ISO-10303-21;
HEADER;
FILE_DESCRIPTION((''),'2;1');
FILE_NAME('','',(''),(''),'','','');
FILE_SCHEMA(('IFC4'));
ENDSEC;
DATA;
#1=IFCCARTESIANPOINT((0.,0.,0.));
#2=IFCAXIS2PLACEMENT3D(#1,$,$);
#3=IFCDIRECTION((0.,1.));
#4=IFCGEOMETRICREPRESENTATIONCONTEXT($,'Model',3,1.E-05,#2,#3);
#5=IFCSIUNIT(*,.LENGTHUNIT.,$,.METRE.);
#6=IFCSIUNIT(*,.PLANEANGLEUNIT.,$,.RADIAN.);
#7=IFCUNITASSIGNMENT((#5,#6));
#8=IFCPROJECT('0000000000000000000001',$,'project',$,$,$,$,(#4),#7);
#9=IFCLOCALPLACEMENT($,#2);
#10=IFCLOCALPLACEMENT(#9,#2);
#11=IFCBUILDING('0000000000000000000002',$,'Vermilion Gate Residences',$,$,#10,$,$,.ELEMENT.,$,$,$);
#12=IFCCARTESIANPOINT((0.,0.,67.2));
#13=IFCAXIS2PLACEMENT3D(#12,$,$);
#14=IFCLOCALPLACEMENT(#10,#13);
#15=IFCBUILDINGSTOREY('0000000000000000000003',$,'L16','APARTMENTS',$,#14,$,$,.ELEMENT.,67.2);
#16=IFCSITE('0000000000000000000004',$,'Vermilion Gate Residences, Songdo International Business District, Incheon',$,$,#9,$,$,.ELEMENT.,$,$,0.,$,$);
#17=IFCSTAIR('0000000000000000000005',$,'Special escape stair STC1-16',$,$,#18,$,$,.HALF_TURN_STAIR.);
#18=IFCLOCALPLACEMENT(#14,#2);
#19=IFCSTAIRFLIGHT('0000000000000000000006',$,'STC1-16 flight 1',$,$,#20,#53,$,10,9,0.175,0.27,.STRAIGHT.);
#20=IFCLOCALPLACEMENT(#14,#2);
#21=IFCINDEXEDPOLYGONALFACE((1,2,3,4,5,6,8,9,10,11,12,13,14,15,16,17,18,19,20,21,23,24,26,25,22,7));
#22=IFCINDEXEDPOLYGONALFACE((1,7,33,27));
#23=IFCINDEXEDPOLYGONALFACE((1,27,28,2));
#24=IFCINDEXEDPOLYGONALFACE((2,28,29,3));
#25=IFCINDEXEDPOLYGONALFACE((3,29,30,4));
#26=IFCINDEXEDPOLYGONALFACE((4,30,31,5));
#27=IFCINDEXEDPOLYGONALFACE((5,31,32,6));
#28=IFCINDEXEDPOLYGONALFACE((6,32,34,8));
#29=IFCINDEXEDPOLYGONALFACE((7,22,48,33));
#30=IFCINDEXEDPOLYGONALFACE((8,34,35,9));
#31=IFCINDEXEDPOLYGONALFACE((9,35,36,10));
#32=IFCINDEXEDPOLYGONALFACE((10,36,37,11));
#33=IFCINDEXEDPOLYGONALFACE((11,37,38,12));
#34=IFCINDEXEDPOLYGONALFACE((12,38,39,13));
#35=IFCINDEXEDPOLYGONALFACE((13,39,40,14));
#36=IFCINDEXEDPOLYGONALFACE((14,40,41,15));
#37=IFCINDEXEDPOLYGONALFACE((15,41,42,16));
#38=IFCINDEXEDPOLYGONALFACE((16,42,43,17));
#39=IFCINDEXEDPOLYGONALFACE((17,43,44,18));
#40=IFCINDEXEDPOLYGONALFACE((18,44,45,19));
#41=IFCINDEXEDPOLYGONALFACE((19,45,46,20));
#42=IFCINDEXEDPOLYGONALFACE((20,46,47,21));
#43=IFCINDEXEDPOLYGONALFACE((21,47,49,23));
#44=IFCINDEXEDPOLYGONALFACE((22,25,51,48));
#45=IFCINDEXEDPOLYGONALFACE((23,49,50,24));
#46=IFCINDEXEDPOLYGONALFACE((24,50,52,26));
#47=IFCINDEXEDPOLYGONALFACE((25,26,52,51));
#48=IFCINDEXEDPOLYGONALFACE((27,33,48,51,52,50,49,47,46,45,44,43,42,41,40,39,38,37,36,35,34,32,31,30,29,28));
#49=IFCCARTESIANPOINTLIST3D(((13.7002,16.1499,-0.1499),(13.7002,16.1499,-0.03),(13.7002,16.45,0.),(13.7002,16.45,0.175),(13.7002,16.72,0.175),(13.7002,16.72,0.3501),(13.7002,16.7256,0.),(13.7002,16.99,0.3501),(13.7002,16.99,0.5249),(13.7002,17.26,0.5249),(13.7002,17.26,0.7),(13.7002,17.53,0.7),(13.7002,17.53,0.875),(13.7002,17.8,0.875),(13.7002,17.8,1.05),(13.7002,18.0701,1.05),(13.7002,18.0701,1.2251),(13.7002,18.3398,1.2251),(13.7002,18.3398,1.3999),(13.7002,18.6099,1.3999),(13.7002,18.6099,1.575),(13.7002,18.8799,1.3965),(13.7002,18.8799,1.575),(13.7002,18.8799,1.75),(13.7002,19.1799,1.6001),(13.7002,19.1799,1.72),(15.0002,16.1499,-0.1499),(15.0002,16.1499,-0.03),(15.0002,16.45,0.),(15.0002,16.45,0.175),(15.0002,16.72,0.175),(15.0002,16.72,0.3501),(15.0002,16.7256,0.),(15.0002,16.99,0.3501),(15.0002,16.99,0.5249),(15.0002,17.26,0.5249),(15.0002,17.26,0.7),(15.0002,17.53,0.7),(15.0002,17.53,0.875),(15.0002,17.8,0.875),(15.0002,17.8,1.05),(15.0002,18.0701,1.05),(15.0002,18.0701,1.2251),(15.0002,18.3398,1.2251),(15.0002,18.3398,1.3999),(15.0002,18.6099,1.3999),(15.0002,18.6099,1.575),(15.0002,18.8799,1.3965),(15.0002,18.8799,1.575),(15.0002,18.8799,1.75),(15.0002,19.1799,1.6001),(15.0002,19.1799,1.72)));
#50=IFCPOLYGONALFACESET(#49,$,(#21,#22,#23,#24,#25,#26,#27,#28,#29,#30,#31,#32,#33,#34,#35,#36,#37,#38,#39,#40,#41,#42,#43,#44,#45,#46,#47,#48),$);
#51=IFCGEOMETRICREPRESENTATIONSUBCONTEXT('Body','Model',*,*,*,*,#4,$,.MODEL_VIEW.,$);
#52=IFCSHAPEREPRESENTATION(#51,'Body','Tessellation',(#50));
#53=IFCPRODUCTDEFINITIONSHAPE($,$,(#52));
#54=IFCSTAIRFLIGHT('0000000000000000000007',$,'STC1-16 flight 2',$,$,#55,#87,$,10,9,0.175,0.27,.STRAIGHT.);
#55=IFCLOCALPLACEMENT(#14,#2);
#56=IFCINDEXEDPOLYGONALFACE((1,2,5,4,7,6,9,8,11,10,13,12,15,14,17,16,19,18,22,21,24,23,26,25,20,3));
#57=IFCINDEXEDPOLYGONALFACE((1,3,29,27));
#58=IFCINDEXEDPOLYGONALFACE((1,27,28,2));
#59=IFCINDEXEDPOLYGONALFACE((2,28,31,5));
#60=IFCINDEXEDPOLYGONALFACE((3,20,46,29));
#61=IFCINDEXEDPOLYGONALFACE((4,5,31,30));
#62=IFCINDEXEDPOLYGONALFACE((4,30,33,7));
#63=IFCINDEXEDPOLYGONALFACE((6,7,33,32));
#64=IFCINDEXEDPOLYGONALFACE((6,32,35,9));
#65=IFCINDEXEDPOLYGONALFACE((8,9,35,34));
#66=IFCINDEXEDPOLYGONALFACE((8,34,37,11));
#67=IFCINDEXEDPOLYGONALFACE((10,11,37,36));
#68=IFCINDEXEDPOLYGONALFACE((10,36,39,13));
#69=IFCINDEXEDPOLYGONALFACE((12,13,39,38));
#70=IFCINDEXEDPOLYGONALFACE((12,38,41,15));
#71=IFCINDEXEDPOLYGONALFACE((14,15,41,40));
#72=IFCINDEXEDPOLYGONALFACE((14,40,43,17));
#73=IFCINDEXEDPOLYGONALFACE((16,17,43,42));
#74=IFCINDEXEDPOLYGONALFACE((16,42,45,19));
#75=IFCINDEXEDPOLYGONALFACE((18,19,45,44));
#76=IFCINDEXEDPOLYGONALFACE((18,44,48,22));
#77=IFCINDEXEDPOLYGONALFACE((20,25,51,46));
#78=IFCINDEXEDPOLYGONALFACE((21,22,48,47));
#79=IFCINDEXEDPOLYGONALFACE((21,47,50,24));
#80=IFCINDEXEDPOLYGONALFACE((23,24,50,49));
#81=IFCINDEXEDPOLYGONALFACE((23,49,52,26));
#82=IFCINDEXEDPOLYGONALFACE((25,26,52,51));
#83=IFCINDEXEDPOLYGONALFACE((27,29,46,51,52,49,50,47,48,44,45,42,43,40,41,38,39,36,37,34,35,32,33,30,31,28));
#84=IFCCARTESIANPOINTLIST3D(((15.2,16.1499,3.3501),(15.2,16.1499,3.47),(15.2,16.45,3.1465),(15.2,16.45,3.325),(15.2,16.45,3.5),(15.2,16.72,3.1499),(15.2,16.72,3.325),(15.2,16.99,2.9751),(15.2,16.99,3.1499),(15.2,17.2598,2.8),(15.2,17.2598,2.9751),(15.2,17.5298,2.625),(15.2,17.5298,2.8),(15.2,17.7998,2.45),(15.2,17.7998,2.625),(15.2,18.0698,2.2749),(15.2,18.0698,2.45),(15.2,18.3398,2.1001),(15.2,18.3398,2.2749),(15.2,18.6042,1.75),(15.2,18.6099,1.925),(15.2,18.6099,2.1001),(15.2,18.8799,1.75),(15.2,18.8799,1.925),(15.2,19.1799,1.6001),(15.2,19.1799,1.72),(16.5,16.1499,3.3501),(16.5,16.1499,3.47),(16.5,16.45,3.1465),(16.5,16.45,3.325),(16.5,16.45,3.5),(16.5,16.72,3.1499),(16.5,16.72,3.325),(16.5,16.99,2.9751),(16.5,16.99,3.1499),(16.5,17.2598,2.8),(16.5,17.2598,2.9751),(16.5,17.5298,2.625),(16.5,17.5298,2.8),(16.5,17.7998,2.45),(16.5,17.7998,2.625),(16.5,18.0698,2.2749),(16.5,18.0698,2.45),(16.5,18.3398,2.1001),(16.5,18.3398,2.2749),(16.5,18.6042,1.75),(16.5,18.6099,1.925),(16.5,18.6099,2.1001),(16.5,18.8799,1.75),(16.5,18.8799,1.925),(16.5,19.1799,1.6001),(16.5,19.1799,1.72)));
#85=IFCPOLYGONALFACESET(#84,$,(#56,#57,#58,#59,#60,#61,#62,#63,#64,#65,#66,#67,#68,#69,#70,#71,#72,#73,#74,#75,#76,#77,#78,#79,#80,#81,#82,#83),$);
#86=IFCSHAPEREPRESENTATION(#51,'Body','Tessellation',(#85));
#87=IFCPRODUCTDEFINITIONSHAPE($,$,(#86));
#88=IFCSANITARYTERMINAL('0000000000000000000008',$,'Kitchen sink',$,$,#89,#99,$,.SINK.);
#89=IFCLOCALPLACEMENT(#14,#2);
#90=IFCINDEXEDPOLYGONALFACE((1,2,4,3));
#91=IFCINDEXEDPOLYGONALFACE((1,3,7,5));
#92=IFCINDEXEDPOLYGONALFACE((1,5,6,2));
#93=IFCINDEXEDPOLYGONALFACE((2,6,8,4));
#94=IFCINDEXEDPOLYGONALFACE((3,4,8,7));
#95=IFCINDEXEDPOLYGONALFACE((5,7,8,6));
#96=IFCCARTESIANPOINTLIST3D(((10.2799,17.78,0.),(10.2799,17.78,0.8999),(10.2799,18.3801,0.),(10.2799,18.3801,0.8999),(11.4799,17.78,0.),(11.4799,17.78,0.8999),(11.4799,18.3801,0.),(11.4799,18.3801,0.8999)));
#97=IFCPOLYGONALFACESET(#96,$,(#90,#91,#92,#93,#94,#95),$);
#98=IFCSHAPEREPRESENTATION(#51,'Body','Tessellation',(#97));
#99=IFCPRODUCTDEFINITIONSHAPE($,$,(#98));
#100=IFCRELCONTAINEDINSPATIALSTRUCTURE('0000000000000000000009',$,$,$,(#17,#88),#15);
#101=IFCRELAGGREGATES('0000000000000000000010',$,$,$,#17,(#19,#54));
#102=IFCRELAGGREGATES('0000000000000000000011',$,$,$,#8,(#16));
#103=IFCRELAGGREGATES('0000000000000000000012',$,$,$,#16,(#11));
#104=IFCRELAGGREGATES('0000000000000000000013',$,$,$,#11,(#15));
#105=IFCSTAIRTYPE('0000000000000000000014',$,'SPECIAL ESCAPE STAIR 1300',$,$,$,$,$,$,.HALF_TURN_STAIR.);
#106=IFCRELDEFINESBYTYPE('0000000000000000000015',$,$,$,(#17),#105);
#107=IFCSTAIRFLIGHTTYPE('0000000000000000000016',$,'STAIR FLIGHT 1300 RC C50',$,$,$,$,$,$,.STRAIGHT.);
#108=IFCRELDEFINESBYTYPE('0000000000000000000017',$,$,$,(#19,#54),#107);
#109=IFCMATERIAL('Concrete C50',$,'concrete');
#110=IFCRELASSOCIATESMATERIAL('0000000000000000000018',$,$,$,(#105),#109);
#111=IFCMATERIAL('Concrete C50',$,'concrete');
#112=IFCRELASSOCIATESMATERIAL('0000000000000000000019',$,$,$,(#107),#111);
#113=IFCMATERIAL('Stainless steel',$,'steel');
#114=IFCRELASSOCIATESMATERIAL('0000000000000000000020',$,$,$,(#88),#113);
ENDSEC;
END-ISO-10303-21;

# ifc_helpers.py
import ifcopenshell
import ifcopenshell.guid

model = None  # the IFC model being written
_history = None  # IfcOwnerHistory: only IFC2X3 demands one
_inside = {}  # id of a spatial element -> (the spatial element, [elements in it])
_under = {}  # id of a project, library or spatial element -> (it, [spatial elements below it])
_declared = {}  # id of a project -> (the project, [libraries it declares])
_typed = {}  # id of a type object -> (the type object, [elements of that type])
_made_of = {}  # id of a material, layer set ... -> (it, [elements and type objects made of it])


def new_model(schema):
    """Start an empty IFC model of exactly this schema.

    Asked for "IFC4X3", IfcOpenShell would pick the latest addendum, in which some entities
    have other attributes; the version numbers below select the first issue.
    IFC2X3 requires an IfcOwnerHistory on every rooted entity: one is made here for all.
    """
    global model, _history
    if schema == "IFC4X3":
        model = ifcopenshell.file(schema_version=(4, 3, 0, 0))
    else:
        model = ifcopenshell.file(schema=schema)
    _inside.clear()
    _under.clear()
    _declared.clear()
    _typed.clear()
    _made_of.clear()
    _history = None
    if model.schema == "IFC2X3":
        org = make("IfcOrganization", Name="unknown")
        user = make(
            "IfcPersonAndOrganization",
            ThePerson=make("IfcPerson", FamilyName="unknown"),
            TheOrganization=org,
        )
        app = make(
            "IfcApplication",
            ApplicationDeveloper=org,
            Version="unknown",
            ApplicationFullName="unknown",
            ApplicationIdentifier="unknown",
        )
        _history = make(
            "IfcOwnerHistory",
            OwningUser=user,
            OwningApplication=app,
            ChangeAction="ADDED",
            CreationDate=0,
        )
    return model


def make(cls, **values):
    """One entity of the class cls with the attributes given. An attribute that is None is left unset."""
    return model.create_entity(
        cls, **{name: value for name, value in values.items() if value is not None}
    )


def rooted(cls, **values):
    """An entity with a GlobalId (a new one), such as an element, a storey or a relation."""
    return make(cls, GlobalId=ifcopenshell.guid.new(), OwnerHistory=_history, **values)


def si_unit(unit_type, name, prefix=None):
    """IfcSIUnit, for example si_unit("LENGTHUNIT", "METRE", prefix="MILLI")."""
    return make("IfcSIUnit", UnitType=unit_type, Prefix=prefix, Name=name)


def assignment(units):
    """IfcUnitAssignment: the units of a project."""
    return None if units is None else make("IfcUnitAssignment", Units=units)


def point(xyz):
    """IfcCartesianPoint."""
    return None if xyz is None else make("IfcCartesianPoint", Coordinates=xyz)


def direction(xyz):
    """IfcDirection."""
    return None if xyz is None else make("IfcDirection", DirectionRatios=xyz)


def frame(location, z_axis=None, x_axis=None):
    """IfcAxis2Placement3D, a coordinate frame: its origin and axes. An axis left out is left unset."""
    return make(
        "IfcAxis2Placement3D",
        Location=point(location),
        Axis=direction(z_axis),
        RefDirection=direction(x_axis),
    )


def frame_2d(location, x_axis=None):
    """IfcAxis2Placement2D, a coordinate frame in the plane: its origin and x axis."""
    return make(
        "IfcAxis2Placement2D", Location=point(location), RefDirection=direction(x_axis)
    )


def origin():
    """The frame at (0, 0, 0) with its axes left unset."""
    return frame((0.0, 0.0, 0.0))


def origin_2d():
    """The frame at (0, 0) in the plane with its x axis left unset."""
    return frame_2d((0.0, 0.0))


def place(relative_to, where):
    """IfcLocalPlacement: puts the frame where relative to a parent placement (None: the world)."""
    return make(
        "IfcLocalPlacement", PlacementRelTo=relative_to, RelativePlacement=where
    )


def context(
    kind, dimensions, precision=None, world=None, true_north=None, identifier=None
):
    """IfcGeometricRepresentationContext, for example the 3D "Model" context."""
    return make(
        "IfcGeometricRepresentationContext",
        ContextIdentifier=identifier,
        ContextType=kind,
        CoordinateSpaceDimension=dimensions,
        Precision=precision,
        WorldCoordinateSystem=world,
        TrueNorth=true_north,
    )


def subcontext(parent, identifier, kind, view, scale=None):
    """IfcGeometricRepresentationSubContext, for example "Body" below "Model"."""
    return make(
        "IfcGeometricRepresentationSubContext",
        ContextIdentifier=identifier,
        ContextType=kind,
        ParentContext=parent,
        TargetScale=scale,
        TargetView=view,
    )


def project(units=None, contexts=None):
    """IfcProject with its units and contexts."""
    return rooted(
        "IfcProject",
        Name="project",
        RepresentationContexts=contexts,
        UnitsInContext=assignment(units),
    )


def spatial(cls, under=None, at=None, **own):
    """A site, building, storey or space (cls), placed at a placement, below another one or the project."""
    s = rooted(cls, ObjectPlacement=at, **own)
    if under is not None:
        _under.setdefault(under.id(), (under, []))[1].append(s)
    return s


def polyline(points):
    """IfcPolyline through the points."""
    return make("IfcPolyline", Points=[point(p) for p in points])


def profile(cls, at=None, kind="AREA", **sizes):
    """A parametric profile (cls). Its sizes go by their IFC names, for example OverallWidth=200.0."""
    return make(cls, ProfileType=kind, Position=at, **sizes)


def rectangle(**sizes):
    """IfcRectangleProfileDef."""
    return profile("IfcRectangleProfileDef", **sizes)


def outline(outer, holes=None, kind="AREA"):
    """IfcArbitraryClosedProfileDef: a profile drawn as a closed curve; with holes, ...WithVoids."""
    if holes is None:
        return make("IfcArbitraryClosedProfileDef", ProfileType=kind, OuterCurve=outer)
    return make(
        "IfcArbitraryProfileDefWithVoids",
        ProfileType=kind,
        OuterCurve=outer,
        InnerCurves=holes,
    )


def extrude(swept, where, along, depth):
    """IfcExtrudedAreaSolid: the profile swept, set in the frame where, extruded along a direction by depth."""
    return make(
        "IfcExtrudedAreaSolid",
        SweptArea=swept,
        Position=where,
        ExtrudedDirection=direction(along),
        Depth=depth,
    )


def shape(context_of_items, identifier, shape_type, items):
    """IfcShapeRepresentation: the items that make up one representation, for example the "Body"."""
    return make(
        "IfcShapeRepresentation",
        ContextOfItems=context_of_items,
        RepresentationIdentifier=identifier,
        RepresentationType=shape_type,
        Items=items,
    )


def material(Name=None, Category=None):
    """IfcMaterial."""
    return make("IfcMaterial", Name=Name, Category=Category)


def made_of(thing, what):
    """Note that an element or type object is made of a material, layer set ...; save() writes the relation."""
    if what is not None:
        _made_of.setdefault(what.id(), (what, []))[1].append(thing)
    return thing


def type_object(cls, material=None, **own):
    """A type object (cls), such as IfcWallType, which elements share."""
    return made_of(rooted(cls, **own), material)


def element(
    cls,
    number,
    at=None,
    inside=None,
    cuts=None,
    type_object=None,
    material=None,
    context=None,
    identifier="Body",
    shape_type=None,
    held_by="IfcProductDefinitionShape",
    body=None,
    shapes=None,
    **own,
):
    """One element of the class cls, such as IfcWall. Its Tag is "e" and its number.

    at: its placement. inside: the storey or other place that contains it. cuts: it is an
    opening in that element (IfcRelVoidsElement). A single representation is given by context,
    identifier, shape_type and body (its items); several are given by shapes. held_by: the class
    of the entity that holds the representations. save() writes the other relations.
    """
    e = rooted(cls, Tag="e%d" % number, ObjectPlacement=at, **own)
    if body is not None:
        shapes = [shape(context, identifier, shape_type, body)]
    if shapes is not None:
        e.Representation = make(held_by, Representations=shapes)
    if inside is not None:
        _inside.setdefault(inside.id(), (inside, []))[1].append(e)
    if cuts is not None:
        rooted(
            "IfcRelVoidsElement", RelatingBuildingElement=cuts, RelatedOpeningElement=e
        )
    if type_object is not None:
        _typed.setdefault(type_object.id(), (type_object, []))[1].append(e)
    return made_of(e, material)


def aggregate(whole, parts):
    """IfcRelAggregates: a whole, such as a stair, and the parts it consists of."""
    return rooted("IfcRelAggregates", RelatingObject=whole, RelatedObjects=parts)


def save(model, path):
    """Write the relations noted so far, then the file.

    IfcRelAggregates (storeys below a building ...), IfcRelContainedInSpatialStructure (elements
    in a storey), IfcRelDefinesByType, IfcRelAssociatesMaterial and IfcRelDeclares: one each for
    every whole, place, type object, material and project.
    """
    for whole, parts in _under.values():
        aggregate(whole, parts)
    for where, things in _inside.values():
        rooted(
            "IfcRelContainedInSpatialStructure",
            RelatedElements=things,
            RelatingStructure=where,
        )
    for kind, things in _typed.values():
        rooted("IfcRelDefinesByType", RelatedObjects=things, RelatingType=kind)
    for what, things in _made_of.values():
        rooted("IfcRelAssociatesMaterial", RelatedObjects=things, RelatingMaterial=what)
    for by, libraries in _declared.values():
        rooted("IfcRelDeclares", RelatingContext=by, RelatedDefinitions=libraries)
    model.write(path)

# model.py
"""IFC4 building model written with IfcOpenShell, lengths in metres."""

from ifc_helpers import new_model, si_unit, direction, frame, origin, origin_2d, place, context, subcontext, project, spatial, polyline, rectangle, outline, extrude, material, type_object, element, aggregate, save


model = new_model("IFC4")

# Units and contexts
model_context = context("Model", 3, precision=1e-05, world=origin(), true_north=direction((0.0, 1.0)))
body_context = subcontext(model_context, "Body", "Model", "MODEL_VIEW")
ifc_project = project(units=[si_unit("LENGTHUNIT", "METRE"), si_unit("PLANEANGLEUNIT", "RADIAN")], contexts=[model_context])

# Site, building, storey
site_placement = place(None, origin())
site = spatial("IfcSite", under=ifc_project, at=site_placement, Name="Vermilion Gate Residences, Songdo International Business District, Incheon", CompositionType="ELEMENT", RefElevation=0.0)
building_placement = place(site_placement, origin())
building = spatial("IfcBuilding", under=site, at=building_placement, Name="Vermilion Gate Residences", CompositionType="ELEMENT")
storey_placement = place(building_placement, frame((0.0, 0.0, 67.2)))
storey = spatial("IfcBuildingStorey", under=building, at=storey_placement, Name="L16", Description="APARTMENTS", CompositionType="ELEMENT", Elevation=67.2)

# Stair, stair flights
ifc_material_1 = material(Name="Concrete C50", Category="concrete")
stair_type = type_object("IfcStairType", Name="SPECIAL ESCAPE STAIR 1300", PredefinedType="HALF_TURN_STAIR", material=ifc_material_1)
stair_placement = place(storey_placement, origin())
stair = element("IfcStair", 1, at=stair_placement, inside=storey, type_object=stair_type, Name="Special escape stair STC1-16", PredefinedType="HALF_TURN_STAIR")
ifc_material_2 = material(Name="Concrete C50", Category="concrete")
stair_flight_type = type_object("IfcStairFlightType", Name="STAIR FLIGHT 1300 RC C50", PredefinedType="STRAIGHT", material=ifc_material_2)
stair_flight_1_placement = place(storey_placement, frame((14.3501, 16.45, 0.0), z_axis=(0.0, 0.0, 1.0), x_axis=(0.0, 1.0, 0.0)))
stair_flight_1 = element("IfcStairFlight", 2, at=stair_flight_1_placement, type_object=stair_flight_type, Name="STC1-16 flight 1", NumberOfRisers=10, NumberOfTreads=9, PredefinedType="STRAIGHT", RiserHeight=0.175, TreadLength=0.27, context=body_context, shape_type="SweptSolid", body=[
    extrude(outline(polyline([(-0.3, -0.1499), (-0.3, -0.03), (0.0, 0.0), (0.0, 0.175), (0.27, 0.175), (0.27, 0.3501), (0.54, 0.3501), (0.54, 0.5249), (0.8101, 0.5249), (0.8101, 0.7), (1.0801, 0.7), (1.0801, 0.875), (1.3501, 0.875), (1.3501, 1.05), (1.6201, 1.05), (1.6201, 1.2251), (1.8899, 1.2251), (1.8899, 1.3999), (2.1599, 1.3999), (2.1599, 1.575), (2.4299, 1.575), (2.4299, 1.75), (2.73, 1.72), (2.73, 1.6001), (2.4299, 1.3965), (0.2756, 0.0), (-0.3, -0.1499)])), frame((0.0, 0.6499, 0.0), z_axis=(0.0, -1.0, 0.0), x_axis=(1.0, 0.0, 0.0)), (0.0, 0.0, 1.0), 1.3),
])
stair_flight_2_placement = place(storey_placement, frame((15.8501, 18.8799, 1.75), z_axis=(0.0, 0.0, 1.0), x_axis=(0.0, -1.0, 0.0)))
stair_flight_2 = element("IfcStairFlight", 3, at=stair_flight_2_placement, type_object=stair_flight_type, Name="STC1-16 flight 2", NumberOfRisers=10, NumberOfTreads=9, PredefinedType="STRAIGHT", RiserHeight=0.175, TreadLength=0.27, context=body_context, shape_type="SweptSolid", body=[
    extrude(outline(polyline([(-0.3, -0.1499), (-0.3, -0.03), (0.0, 0.0), (0.0, 0.175), (0.27, 0.175), (0.27, 0.3501), (0.54, 0.3501), (0.54, 0.5249), (0.8101, 0.5249), (0.8101, 0.7), (1.0801, 0.7), (1.0801, 0.875), (1.3501, 0.875), (1.3501, 1.05), (1.6201, 1.05), (1.6201, 1.2251), (1.8899, 1.2251), (1.8899, 1.3999), (2.1599, 1.3999), (2.1599, 1.575), (2.4299, 1.575), (2.4299, 1.75), (2.73, 1.72), (2.73, 1.6001), (2.4299, 1.3965), (0.2756, 0.0), (-0.3, -0.1499)])), frame((0.0, 0.6499, 0.0), z_axis=(0.0, -1.0, 0.0), x_axis=(1.0, 0.0, 0.0)), (0.0, 0.0, 1.0), 1.3),
])
aggregate(stair, [stair_flight_1, stair_flight_2])

# Sanitary terminal
ifc_material_3 = material(Name="Stainless steel", Category="steel")
sanitary_terminal_placement = place(storey_placement, frame((10.8799, 18.0801, 0.0), z_axis=(0.0, 0.0, 1.0), x_axis=(1.0, 0.0, 0.0)))
element("IfcSanitaryTerminal", 4, at=sanitary_terminal_placement, inside=storey, material=ifc_material_3, Name="Kitchen sink", PredefinedType="SINK", context=body_context, shape_type="SweptSolid", body=[
    extrude(rectangle(XDim=1.2, YDim=0.6001, at=origin_2d()), origin(), (0.0, 0.0, 1.0), 0.8999),
])

save(model, "model.ifc")
